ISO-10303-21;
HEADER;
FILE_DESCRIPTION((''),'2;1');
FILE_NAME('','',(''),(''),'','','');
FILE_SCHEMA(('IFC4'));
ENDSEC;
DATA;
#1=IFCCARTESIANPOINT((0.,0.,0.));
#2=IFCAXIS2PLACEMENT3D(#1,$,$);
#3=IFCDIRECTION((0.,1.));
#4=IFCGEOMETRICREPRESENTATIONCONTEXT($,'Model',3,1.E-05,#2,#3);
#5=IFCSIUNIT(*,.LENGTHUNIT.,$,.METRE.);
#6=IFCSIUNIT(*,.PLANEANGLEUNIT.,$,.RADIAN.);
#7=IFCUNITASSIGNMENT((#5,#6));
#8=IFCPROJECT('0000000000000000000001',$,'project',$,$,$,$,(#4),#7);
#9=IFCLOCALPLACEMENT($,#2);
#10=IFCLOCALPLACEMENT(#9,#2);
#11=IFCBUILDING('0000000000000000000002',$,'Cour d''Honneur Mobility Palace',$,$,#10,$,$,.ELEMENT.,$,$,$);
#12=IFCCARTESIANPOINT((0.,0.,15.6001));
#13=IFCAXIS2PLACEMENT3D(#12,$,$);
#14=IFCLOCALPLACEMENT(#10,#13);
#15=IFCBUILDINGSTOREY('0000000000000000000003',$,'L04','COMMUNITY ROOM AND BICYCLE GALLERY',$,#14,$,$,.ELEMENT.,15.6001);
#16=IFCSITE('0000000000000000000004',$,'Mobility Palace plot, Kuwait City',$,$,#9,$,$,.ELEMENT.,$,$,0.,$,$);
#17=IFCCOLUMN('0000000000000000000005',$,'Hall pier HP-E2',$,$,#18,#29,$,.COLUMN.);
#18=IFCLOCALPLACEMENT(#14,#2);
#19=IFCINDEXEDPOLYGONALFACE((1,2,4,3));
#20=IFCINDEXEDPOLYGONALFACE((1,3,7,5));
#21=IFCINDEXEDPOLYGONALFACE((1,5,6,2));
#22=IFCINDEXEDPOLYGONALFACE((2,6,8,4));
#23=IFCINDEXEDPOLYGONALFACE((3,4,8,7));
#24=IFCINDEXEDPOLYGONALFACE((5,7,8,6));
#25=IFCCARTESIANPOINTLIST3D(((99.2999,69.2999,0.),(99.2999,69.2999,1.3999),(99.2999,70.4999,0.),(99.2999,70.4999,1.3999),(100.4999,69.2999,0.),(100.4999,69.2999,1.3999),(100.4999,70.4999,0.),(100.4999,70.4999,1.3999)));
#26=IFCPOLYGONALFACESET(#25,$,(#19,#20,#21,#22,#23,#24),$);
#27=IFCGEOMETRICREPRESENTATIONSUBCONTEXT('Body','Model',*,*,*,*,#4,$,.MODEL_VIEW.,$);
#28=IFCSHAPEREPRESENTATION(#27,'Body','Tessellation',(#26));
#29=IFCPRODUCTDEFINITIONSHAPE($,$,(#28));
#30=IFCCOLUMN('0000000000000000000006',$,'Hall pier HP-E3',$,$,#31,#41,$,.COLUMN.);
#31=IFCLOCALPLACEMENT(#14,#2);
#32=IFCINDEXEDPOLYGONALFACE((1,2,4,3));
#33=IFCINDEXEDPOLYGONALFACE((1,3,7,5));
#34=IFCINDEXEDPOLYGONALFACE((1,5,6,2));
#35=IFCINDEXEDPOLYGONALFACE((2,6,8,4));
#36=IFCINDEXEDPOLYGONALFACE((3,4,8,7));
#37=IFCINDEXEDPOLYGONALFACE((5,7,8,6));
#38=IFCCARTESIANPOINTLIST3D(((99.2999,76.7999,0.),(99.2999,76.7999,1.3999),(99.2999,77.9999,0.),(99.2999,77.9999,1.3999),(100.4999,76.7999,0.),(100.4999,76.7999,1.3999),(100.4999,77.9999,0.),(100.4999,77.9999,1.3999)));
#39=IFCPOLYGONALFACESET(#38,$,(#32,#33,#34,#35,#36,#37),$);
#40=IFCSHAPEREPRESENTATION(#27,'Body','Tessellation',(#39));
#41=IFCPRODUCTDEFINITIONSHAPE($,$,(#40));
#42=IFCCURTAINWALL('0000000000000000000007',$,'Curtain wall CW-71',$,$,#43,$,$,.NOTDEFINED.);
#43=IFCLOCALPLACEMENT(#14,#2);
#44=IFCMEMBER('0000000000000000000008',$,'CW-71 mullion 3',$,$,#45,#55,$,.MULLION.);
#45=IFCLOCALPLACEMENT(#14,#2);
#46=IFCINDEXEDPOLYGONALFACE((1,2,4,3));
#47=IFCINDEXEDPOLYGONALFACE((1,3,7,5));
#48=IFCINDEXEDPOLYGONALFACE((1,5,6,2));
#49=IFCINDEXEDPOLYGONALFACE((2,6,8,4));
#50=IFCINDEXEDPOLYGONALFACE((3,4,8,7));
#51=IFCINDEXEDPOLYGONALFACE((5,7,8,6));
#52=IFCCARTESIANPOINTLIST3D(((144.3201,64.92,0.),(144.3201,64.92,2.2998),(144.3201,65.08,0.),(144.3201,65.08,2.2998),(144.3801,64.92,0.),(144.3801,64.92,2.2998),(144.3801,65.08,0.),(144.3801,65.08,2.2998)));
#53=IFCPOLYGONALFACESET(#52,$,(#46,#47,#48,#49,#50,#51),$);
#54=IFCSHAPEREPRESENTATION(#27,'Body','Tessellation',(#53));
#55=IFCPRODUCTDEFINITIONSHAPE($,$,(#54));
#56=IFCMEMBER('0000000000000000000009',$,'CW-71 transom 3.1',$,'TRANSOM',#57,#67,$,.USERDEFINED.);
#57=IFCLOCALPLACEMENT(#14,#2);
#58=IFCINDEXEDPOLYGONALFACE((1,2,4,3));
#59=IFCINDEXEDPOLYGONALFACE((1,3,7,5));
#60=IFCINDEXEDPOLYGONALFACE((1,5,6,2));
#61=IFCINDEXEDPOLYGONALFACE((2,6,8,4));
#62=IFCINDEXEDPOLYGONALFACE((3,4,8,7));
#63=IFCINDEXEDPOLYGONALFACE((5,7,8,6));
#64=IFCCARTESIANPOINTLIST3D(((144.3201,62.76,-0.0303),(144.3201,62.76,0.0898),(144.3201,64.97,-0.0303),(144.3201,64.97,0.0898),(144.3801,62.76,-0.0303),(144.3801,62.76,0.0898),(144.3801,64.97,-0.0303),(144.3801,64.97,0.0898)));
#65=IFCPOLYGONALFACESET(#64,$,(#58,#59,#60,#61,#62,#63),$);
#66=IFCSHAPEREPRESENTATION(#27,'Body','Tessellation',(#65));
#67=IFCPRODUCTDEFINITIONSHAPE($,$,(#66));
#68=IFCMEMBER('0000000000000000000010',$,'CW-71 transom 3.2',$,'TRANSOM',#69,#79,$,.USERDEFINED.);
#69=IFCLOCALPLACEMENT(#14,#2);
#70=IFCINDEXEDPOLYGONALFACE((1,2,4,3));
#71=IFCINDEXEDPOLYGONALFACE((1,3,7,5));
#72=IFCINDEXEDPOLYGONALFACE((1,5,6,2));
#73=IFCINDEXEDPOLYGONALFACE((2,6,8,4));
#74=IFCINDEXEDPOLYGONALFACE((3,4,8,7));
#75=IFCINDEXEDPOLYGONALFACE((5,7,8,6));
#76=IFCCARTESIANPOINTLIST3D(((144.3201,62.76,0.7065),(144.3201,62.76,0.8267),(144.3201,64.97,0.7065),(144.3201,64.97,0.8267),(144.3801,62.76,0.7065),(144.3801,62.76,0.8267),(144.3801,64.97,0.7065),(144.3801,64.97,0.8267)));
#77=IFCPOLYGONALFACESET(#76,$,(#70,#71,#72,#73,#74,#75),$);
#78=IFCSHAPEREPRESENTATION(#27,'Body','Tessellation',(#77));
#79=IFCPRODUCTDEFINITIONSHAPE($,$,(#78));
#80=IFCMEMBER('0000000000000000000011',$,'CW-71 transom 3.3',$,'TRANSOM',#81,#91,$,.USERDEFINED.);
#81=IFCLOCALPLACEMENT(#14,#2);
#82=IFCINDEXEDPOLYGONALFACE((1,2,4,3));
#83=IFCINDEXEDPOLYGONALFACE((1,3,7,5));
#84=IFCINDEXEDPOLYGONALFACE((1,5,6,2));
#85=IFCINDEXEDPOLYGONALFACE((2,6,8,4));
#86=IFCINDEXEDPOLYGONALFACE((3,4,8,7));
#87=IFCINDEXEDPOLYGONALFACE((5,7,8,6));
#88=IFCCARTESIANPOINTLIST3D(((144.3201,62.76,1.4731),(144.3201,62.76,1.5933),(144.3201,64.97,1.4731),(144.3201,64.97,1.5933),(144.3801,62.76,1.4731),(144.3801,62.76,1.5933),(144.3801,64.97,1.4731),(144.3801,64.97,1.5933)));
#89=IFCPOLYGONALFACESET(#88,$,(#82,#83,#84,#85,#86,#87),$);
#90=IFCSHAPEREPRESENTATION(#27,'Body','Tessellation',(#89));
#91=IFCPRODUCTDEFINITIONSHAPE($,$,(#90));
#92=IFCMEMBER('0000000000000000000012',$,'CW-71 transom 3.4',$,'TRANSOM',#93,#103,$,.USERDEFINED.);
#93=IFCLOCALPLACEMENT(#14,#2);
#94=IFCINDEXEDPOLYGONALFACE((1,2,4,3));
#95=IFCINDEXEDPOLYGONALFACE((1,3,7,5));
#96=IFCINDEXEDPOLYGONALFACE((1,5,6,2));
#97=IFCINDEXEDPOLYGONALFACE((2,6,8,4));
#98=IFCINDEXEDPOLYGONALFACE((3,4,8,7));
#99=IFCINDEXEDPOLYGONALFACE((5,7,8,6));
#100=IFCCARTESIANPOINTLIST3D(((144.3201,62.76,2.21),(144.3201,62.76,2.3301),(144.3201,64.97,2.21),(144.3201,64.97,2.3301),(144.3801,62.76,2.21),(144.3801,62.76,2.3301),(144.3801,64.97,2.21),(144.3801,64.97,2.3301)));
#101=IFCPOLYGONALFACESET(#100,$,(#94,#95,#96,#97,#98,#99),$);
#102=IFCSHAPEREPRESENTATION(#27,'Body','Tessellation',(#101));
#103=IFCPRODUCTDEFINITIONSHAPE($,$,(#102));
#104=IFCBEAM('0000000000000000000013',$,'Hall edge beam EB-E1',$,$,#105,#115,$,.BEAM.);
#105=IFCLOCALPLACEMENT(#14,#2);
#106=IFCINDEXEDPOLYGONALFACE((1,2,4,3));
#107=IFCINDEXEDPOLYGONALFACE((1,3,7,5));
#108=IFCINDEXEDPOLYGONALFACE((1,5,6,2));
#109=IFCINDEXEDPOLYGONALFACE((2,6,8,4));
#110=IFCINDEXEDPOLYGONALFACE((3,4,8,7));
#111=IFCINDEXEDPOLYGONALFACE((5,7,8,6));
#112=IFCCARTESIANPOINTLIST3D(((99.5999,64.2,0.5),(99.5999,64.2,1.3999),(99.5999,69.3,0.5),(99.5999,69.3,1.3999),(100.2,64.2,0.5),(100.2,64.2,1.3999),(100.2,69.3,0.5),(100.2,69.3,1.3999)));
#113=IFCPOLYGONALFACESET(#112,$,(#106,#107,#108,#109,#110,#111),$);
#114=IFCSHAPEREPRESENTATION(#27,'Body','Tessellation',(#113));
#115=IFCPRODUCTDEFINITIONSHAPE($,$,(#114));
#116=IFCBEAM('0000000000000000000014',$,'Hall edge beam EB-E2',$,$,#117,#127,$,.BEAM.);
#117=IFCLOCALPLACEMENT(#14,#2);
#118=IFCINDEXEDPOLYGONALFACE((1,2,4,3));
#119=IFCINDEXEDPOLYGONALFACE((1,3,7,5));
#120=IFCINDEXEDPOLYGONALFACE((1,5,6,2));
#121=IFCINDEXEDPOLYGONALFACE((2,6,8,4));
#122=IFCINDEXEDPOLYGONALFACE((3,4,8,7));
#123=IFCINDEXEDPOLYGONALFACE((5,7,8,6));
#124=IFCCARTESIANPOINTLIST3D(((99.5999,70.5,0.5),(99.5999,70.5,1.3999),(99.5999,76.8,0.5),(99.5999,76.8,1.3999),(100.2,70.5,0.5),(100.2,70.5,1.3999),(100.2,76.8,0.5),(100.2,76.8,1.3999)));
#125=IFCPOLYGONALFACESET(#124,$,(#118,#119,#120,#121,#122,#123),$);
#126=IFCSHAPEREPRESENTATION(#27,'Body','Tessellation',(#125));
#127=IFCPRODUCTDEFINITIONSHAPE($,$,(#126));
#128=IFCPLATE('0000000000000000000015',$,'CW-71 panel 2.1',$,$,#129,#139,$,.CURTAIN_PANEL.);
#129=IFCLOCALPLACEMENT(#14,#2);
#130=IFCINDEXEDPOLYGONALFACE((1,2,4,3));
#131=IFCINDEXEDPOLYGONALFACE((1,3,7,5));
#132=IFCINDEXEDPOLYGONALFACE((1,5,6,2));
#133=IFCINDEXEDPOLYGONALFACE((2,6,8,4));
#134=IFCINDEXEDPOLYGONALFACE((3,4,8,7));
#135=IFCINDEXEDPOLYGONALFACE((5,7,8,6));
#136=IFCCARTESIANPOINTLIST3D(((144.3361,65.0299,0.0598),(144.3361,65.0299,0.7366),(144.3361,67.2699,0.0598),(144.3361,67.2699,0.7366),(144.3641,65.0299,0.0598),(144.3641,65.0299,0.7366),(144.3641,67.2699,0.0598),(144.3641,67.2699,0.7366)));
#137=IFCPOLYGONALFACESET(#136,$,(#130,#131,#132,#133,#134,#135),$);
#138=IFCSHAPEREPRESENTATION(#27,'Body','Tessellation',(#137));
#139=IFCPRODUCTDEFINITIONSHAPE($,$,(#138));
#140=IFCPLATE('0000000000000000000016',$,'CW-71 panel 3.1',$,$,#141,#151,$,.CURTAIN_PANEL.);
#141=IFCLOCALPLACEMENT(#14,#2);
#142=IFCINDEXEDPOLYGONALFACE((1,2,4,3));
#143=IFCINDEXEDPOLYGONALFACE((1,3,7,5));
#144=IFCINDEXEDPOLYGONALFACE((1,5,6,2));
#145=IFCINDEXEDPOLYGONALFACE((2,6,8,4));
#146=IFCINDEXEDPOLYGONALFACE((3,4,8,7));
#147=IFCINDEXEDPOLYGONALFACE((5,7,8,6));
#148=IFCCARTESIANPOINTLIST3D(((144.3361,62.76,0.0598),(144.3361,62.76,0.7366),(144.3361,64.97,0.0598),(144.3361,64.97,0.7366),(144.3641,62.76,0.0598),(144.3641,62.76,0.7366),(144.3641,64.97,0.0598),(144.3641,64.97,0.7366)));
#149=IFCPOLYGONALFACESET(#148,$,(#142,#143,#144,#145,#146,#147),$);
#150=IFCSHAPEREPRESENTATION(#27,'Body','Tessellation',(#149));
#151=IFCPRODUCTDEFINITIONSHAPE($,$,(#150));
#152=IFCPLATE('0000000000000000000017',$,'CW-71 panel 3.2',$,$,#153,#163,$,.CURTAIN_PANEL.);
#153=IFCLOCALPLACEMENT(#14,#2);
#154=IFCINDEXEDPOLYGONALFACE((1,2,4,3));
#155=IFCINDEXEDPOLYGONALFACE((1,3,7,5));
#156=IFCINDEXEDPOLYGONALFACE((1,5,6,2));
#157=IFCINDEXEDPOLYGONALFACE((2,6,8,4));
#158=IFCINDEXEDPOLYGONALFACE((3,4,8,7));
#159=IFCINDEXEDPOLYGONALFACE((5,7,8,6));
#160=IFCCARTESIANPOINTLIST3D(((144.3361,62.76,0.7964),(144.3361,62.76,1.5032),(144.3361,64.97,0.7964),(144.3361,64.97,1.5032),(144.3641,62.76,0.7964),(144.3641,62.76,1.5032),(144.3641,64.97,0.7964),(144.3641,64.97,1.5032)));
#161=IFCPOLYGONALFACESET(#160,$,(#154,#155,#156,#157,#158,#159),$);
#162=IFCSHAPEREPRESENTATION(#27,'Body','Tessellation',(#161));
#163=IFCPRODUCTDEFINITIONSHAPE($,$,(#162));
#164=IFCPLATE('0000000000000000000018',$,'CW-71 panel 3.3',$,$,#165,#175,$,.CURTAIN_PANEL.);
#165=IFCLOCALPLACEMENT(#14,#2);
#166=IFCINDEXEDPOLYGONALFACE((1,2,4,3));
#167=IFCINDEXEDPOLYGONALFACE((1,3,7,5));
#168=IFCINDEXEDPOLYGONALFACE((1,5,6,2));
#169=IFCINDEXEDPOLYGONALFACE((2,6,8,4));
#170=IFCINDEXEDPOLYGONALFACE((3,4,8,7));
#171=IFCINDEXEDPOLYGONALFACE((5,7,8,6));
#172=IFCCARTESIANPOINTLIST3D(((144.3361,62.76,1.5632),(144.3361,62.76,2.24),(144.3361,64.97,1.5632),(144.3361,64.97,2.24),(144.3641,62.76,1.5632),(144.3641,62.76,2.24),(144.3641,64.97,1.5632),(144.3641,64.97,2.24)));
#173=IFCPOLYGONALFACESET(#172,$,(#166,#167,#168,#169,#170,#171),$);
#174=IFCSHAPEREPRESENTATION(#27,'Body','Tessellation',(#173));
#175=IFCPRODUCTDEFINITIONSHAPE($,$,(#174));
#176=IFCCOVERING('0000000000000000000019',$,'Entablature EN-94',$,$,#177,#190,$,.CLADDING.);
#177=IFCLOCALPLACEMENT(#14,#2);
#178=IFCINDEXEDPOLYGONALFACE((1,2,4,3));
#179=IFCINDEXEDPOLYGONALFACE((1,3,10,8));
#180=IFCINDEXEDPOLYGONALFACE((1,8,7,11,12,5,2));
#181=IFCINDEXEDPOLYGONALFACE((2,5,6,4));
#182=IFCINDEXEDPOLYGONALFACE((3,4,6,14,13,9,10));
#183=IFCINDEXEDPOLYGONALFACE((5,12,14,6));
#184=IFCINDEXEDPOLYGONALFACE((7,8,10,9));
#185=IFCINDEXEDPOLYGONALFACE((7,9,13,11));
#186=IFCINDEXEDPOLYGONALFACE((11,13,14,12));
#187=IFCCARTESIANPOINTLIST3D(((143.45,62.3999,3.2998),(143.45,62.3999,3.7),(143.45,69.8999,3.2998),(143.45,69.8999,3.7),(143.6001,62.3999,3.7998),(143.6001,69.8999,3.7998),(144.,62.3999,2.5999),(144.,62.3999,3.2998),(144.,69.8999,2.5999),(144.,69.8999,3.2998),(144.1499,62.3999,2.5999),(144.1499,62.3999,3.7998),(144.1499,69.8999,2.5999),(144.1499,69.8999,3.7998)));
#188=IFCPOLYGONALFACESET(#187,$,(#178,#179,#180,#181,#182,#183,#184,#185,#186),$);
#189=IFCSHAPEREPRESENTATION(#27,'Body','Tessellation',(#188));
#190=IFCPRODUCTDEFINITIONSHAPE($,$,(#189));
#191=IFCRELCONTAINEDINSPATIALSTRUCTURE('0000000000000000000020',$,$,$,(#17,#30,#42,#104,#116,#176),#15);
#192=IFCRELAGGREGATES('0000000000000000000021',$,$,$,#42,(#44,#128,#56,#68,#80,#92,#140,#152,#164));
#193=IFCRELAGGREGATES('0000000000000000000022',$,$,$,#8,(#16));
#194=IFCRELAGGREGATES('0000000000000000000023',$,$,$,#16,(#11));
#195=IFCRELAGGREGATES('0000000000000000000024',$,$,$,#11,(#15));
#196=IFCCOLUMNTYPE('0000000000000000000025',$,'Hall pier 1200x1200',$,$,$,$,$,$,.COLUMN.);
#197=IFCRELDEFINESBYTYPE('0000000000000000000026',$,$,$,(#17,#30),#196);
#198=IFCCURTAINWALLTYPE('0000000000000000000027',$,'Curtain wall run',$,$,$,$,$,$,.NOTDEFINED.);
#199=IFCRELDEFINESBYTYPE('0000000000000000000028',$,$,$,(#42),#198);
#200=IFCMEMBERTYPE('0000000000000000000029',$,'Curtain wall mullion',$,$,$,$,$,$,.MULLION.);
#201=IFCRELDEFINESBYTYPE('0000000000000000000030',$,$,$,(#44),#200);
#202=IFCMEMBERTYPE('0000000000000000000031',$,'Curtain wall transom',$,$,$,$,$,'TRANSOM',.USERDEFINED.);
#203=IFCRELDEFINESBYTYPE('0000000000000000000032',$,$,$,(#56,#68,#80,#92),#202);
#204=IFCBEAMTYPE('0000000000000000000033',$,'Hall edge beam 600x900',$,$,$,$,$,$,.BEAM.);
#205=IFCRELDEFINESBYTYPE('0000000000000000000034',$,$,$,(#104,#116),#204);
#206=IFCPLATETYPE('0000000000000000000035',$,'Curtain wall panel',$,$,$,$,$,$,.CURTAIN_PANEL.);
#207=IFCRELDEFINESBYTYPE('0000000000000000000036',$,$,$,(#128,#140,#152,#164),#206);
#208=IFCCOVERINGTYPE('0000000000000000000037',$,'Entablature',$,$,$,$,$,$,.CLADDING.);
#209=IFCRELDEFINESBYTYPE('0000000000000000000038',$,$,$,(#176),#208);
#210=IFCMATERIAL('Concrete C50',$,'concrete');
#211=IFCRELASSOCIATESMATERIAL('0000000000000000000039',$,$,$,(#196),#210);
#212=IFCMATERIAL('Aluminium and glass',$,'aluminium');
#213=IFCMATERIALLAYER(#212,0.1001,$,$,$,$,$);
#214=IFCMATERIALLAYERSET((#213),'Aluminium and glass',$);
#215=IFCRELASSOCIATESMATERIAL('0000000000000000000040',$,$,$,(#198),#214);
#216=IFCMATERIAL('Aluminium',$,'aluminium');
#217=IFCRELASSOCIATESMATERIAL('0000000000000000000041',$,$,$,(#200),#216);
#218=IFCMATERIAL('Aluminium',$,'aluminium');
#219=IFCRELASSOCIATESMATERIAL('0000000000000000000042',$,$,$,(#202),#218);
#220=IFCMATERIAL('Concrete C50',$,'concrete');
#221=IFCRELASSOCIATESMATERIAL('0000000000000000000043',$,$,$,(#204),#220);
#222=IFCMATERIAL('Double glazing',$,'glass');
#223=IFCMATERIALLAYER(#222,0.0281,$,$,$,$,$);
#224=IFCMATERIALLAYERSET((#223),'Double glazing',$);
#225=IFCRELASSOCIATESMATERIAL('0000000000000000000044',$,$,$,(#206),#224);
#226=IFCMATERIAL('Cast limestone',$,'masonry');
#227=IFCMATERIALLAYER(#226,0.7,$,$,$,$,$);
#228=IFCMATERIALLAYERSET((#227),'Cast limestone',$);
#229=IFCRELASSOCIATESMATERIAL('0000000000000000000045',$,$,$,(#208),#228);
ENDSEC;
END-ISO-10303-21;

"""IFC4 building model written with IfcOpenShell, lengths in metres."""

from ifc_helpers import new_model, si_unit, direction, frame, origin, origin_2d, place, context, subcontext, project, spatial, polyline, rectangle, outline, extrude, material, layer, layer_set, material_profile, profile_set, type_object, element, aggregate, save


model = new_model("IFC4")

# Units and contexts
model_context = context("Model", 3, precision=1e-05, world=origin(), true_north=direction((0.0, 1.0)))
body_context = subcontext(model_context, "Body", "Model", "MODEL_VIEW")
ifc_project = project(units=[si_unit("LENGTHUNIT", "METRE"), si_unit("PLANEANGLEUNIT", "RADIAN")], contexts=[model_context])

# Site, building, storey
site_placement = place(None, origin())
site = spatial("IfcSite", under=ifc_project, at=site_placement, Name="Mobility Palace plot, Kuwait City", CompositionType="ELEMENT", RefElevation=0.0)
building_placement = place(site_placement, origin())
building = spatial("IfcBuilding", under=site, at=building_placement, Name="Cour d'Honneur Mobility Palace", CompositionType="ELEMENT")
storey_placement = place(building_placement, frame((0.0, 0.0, 15.6001)))
storey = spatial("IfcBuildingStorey", under=building, at=storey_placement, Name="L04", Description="COMMUNITY ROOM AND BICYCLE GALLERY", CompositionType="ELEMENT", Elevation=15.6001)

# Columns
ifc_material_1 = material(Name="Concrete C50", Category="concrete")
ifc_material_profile_1 = material_profile(ifc_material_1, rectangle(XDim=1.2, YDim=1.2, at=origin_2d()), Name="Hall pier 1200x1200")
ifc_profile_set_1 = profile_set([ifc_material_profile_1], Name="Concrete C50")
column_type = type_object("IfcColumnType", Name="Hall pier 1200x1200", PredefinedType="COLUMN", material=ifc_profile_set_1)
for number, where, z_axis, x_axis, name in (
    (1, (99.8999, 69.8999, 0.0), (0.0, 0.0, 1.0), (1.0, 0.0, 0.0), "Hall pier HP-E2"),
    (2, (99.8999, 77.3999, 0.0), (0.0, 0.0, 1.0), (1.0, 0.0, 0.0), "Hall pier HP-E3"),
):
    element("IfcColumn", number, at=place(storey_placement, frame(where, z_axis=z_axis, x_axis=x_axis)), inside=storey, type_object=column_type, Name=name, PredefinedType="COLUMN", context=body_context, shape_type="SweptSolid", body=[
        extrude(rectangle(XDim=1.2, YDim=1.2, at=origin_2d()), origin(), (0.0, 0.0, 1.0), 1.3999),
    ])

# Curtain wall, members
ifc_material_2 = material(Name="Aluminium and glass", Category="aluminium")
ifc_layer_1 = layer(ifc_material_2, 0.1001)
ifc_layer_set_1 = layer_set([ifc_layer_1], Name="Aluminium and glass")
curtain_wall_type = type_object("IfcCurtainWallType", Name="Curtain wall run", PredefinedType="NOTDEFINED", material=ifc_layer_set_1)
curtain_wall_placement = place(storey_placement, origin())
curtain_wall = element("IfcCurtainWall", 3, at=curtain_wall_placement, inside=storey, type_object=curtain_wall_type, Name="Curtain wall CW-71", PredefinedType="NOTDEFINED")
ifc_material_3 = material(Name="Aluminium", Category="aluminium")
ifc_material_profile_2 = material_profile(ifc_material_3, rectangle(XDim=0.0601, YDim=0.1599, at=origin_2d()), Name="Curtain wall mullion")
ifc_profile_set_2 = profile_set([ifc_material_profile_2], Name="Aluminium")
member_type_1 = type_object("IfcMemberType", Name="Curtain wall mullion", PredefinedType="MULLION", material=ifc_profile_set_2)
member_1_placement = place(storey_placement, frame((144.3501, 65.0, 0.0), z_axis=(0.0, 0.0, 1.0), x_axis=(1.0, 0.0, 0.0)))
member_1 = element("IfcMember", 4, at=member_1_placement, type_object=member_type_1, Name="CW-71 mullion 3", PredefinedType="MULLION", context=body_context, shape_type="SweptSolid", body=[
    extrude(rectangle(XDim=0.0601, YDim=0.1599, at=origin_2d()), origin(), (0.0, 0.0, 1.0), 2.2998),
])
ifc_material_4 = material(Name="Aluminium", Category="aluminium")
ifc_material_profile_3 = material_profile(ifc_material_4, rectangle(XDim=0.0601, YDim=0.1201, at=origin_2d()), Name="Curtain wall transom")
ifc_profile_set_3 = profile_set([ifc_material_profile_3], Name="Aluminium")
member_type_2 = type_object("IfcMemberType", Name="Curtain wall transom", ElementType="TRANSOM", PredefinedType="USERDEFINED", material=ifc_profile_set_3)
member_2_placement = place(storey_placement, frame((144.3501, 64.97, 0.0298), z_axis=(0.0, -1.0, 0.0), x_axis=(1.0, 0.0, 0.0)))
member_2 = element("IfcMember", 5, at=member_2_placement, type_object=member_type_2, Name="CW-71 transom 3.1", ObjectType="TRANSOM", PredefinedType="USERDEFINED", context=body_context, shape_type="SweptSolid", body=[
    extrude(rectangle(XDim=0.0601, YDim=0.1201, at=origin_2d()), origin(), (0.0, 0.0, 1.0), 2.21),
])
member_3_placement = place(storey_placement, frame((144.3501, 64.97, 0.7666), z_axis=(0.0, -1.0, 0.0), x_axis=(1.0, 0.0, 0.0)))
member_3 = element("IfcMember", 6, at=member_3_placement, type_object=member_type_2, Name="CW-71 transom 3.2", ObjectType="TRANSOM", PredefinedType="USERDEFINED", context=body_context, shape_type="SweptSolid", body=[
    extrude(rectangle(XDim=0.0601, YDim=0.1201, at=origin_2d()), origin(), (0.0, 0.0, 1.0), 2.21),
])
member_4_placement = place(storey_placement, frame((144.3501, 64.97, 1.5332), z_axis=(0.0, -1.0, 0.0), x_axis=(1.0, 0.0, 0.0)))
member_4 = element("IfcMember", 7, at=member_4_placement, type_object=member_type_2, Name="CW-71 transom 3.3", ObjectType="TRANSOM", PredefinedType="USERDEFINED", context=body_context, shape_type="SweptSolid", body=[
    extrude(rectangle(XDim=0.0601, YDim=0.1201, at=origin_2d()), origin(), (0.0, 0.0, 1.0), 2.21),
])
member_5_placement = place(storey_placement, frame((144.3501, 64.97, 2.27), z_axis=(0.0, -1.0, 0.0), x_axis=(1.0, 0.0, 0.0)))
member_5 = element("IfcMember", 8, at=member_5_placement, type_object=member_type_2, Name="CW-71 transom 3.4", ObjectType="TRANSOM", PredefinedType="USERDEFINED", context=body_context, shape_type="SweptSolid", body=[
    extrude(rectangle(XDim=0.0601, YDim=0.1201, at=origin_2d()), origin(), (0.0, 0.0, 1.0), 2.21),
])

# Beams
ifc_material_5 = material(Name="Concrete C50", Category="concrete")
ifc_material_profile_4 = material_profile(ifc_material_5, rectangle(XDim=0.6001, YDim=0.8999, at=origin_2d()), Name="Hall edge beam 600x900")
ifc_profile_set_4 = profile_set([ifc_material_profile_4], Name="Concrete C50")
beam_type = type_object("IfcBeamType", Name="Hall edge beam 600x900", PredefinedType="BEAM", material=ifc_profile_set_4)
beam_1_placement = place(storey_placement, frame((99.8999, 64.2, 0.95), z_axis=(0.0, 1.0, 0.0), x_axis=(-1.0, 0.0, 0.0)))
element("IfcBeam", 9, at=beam_1_placement, inside=storey, type_object=beam_type, Name="Hall edge beam EB-E1", PredefinedType="BEAM", context=body_context, shape_type="SweptSolid", body=[
    extrude(rectangle(XDim=0.6001, YDim=0.8999, at=origin_2d()), origin(), (0.0, 0.0, 1.0), 5.1001),
])
beam_2_placement = place(storey_placement, frame((99.8999, 70.5, 0.95), z_axis=(0.0, 1.0, 0.0), x_axis=(-1.0, 0.0, 0.0)))
element("IfcBeam", 10, at=beam_2_placement, inside=storey, type_object=beam_type, Name="Hall edge beam EB-E2", PredefinedType="BEAM", context=body_context, shape_type="SweptSolid", body=[
    extrude(rectangle(XDim=0.6001, YDim=0.8999, at=origin_2d()), origin(), (0.0, 0.0, 1.0), 6.3),
])

# Plates
ifc_material_6 = material(Name="Double glazing", Category="glass")
ifc_layer_2 = layer(ifc_material_6, 0.0281)
ifc_layer_set_2 = layer_set([ifc_layer_2], Name="Double glazing")
plate_type = type_object("IfcPlateType", Name="Curtain wall panel", PredefinedType="CURTAIN_PANEL", material=ifc_layer_set_2)
plate_1_placement = place(storey_placement, frame((144.3501, 66.1499, 0.0598), z_axis=(0.0, 0.0, 1.0), x_axis=(0.0, -1.0, 0.0)))
plate_1 = element("IfcPlate", 11, at=plate_1_placement, type_object=plate_type, Name="CW-71 panel 2.1", PredefinedType="CURTAIN_PANEL", context=body_context, shape_type="SweptSolid", body=[
    extrude(rectangle(XDim=2.24, YDim=0.0281, at=origin_2d()), origin(), (0.0, 0.0, 1.0), 0.6768),
])
plate_2_placement = place(storey_placement, frame((144.3501, 63.865, 0.0598), z_axis=(0.0, 0.0, 1.0), x_axis=(0.0, -1.0, 0.0)))
plate_2 = element("IfcPlate", 12, at=plate_2_placement, type_object=plate_type, Name="CW-71 panel 3.1", PredefinedType="CURTAIN_PANEL", context=body_context, shape_type="SweptSolid", body=[
    extrude(rectangle(XDim=2.21, YDim=0.0281, at=origin_2d()), origin(), (0.0, 0.0, 1.0), 0.6768),
])
plate_3_placement = place(storey_placement, frame((144.3501, 63.865, 0.7964), z_axis=(0.0, 0.0, 1.0), x_axis=(0.0, -1.0, 0.0)))
plate_3 = element("IfcPlate", 13, at=plate_3_placement, type_object=plate_type, Name="CW-71 panel 3.2", PredefinedType="CURTAIN_PANEL", context=body_context, shape_type="SweptSolid", body=[
    extrude(rectangle(XDim=2.21, YDim=0.0281, at=origin_2d()), origin(), (0.0, 0.0, 1.0), 0.7068),
])
plate_4_placement = place(storey_placement, frame((144.3501, 63.865, 1.5632), z_axis=(0.0, 0.0, 1.0), x_axis=(0.0, -1.0, 0.0)))
plate_4 = element("IfcPlate", 14, at=plate_4_placement, type_object=plate_type, Name="CW-71 panel 3.3", PredefinedType="CURTAIN_PANEL", context=body_context, shape_type="SweptSolid", body=[
    extrude(rectangle(XDim=2.21, YDim=0.0281, at=origin_2d()), origin(), (0.0, 0.0, 1.0), 0.6768),
])
aggregate(curtain_wall, [member_1, plate_1, member_2, member_3, member_4, member_5, plate_2, plate_3, plate_4])

# Covering
ifc_material_7 = material(Name="Cast limestone", Category="masonry")
ifc_layer_3 = layer(ifc_material_7, 0.7)
ifc_layer_set_3 = layer_set([ifc_layer_3], Name="Cast limestone")
covering_type_1 = type_object("IfcCoveringType", Name="Entablature", PredefinedType="CLADDING", material=ifc_layer_set_3)
covering_1_placement = place(storey_placement, frame((144.1499, 69.8999, 2.5999), z_axis=(0.0, 1.0, 0.0), x_axis=(-1.0, 0.0, 0.0)))
element("IfcCovering", 15, at=covering_1_placement, inside=storey, type_object=covering_type_1, Name="Entablature EN-94", PredefinedType="CLADDING", context=body_context, shape_type="SweptSolid", body=[
    extrude(outline(polyline([(0.0, 0.0), (0.1499, 0.0), (0.1499, 0.7), (0.7, 0.7), (0.7, 1.1001), (0.5498, 1.2), (0.0, 1.2), (0.0, 0.0)])), origin(), (0.0, 0.0, -1.0), 7.5),
])

save(model, "model.ifc")
